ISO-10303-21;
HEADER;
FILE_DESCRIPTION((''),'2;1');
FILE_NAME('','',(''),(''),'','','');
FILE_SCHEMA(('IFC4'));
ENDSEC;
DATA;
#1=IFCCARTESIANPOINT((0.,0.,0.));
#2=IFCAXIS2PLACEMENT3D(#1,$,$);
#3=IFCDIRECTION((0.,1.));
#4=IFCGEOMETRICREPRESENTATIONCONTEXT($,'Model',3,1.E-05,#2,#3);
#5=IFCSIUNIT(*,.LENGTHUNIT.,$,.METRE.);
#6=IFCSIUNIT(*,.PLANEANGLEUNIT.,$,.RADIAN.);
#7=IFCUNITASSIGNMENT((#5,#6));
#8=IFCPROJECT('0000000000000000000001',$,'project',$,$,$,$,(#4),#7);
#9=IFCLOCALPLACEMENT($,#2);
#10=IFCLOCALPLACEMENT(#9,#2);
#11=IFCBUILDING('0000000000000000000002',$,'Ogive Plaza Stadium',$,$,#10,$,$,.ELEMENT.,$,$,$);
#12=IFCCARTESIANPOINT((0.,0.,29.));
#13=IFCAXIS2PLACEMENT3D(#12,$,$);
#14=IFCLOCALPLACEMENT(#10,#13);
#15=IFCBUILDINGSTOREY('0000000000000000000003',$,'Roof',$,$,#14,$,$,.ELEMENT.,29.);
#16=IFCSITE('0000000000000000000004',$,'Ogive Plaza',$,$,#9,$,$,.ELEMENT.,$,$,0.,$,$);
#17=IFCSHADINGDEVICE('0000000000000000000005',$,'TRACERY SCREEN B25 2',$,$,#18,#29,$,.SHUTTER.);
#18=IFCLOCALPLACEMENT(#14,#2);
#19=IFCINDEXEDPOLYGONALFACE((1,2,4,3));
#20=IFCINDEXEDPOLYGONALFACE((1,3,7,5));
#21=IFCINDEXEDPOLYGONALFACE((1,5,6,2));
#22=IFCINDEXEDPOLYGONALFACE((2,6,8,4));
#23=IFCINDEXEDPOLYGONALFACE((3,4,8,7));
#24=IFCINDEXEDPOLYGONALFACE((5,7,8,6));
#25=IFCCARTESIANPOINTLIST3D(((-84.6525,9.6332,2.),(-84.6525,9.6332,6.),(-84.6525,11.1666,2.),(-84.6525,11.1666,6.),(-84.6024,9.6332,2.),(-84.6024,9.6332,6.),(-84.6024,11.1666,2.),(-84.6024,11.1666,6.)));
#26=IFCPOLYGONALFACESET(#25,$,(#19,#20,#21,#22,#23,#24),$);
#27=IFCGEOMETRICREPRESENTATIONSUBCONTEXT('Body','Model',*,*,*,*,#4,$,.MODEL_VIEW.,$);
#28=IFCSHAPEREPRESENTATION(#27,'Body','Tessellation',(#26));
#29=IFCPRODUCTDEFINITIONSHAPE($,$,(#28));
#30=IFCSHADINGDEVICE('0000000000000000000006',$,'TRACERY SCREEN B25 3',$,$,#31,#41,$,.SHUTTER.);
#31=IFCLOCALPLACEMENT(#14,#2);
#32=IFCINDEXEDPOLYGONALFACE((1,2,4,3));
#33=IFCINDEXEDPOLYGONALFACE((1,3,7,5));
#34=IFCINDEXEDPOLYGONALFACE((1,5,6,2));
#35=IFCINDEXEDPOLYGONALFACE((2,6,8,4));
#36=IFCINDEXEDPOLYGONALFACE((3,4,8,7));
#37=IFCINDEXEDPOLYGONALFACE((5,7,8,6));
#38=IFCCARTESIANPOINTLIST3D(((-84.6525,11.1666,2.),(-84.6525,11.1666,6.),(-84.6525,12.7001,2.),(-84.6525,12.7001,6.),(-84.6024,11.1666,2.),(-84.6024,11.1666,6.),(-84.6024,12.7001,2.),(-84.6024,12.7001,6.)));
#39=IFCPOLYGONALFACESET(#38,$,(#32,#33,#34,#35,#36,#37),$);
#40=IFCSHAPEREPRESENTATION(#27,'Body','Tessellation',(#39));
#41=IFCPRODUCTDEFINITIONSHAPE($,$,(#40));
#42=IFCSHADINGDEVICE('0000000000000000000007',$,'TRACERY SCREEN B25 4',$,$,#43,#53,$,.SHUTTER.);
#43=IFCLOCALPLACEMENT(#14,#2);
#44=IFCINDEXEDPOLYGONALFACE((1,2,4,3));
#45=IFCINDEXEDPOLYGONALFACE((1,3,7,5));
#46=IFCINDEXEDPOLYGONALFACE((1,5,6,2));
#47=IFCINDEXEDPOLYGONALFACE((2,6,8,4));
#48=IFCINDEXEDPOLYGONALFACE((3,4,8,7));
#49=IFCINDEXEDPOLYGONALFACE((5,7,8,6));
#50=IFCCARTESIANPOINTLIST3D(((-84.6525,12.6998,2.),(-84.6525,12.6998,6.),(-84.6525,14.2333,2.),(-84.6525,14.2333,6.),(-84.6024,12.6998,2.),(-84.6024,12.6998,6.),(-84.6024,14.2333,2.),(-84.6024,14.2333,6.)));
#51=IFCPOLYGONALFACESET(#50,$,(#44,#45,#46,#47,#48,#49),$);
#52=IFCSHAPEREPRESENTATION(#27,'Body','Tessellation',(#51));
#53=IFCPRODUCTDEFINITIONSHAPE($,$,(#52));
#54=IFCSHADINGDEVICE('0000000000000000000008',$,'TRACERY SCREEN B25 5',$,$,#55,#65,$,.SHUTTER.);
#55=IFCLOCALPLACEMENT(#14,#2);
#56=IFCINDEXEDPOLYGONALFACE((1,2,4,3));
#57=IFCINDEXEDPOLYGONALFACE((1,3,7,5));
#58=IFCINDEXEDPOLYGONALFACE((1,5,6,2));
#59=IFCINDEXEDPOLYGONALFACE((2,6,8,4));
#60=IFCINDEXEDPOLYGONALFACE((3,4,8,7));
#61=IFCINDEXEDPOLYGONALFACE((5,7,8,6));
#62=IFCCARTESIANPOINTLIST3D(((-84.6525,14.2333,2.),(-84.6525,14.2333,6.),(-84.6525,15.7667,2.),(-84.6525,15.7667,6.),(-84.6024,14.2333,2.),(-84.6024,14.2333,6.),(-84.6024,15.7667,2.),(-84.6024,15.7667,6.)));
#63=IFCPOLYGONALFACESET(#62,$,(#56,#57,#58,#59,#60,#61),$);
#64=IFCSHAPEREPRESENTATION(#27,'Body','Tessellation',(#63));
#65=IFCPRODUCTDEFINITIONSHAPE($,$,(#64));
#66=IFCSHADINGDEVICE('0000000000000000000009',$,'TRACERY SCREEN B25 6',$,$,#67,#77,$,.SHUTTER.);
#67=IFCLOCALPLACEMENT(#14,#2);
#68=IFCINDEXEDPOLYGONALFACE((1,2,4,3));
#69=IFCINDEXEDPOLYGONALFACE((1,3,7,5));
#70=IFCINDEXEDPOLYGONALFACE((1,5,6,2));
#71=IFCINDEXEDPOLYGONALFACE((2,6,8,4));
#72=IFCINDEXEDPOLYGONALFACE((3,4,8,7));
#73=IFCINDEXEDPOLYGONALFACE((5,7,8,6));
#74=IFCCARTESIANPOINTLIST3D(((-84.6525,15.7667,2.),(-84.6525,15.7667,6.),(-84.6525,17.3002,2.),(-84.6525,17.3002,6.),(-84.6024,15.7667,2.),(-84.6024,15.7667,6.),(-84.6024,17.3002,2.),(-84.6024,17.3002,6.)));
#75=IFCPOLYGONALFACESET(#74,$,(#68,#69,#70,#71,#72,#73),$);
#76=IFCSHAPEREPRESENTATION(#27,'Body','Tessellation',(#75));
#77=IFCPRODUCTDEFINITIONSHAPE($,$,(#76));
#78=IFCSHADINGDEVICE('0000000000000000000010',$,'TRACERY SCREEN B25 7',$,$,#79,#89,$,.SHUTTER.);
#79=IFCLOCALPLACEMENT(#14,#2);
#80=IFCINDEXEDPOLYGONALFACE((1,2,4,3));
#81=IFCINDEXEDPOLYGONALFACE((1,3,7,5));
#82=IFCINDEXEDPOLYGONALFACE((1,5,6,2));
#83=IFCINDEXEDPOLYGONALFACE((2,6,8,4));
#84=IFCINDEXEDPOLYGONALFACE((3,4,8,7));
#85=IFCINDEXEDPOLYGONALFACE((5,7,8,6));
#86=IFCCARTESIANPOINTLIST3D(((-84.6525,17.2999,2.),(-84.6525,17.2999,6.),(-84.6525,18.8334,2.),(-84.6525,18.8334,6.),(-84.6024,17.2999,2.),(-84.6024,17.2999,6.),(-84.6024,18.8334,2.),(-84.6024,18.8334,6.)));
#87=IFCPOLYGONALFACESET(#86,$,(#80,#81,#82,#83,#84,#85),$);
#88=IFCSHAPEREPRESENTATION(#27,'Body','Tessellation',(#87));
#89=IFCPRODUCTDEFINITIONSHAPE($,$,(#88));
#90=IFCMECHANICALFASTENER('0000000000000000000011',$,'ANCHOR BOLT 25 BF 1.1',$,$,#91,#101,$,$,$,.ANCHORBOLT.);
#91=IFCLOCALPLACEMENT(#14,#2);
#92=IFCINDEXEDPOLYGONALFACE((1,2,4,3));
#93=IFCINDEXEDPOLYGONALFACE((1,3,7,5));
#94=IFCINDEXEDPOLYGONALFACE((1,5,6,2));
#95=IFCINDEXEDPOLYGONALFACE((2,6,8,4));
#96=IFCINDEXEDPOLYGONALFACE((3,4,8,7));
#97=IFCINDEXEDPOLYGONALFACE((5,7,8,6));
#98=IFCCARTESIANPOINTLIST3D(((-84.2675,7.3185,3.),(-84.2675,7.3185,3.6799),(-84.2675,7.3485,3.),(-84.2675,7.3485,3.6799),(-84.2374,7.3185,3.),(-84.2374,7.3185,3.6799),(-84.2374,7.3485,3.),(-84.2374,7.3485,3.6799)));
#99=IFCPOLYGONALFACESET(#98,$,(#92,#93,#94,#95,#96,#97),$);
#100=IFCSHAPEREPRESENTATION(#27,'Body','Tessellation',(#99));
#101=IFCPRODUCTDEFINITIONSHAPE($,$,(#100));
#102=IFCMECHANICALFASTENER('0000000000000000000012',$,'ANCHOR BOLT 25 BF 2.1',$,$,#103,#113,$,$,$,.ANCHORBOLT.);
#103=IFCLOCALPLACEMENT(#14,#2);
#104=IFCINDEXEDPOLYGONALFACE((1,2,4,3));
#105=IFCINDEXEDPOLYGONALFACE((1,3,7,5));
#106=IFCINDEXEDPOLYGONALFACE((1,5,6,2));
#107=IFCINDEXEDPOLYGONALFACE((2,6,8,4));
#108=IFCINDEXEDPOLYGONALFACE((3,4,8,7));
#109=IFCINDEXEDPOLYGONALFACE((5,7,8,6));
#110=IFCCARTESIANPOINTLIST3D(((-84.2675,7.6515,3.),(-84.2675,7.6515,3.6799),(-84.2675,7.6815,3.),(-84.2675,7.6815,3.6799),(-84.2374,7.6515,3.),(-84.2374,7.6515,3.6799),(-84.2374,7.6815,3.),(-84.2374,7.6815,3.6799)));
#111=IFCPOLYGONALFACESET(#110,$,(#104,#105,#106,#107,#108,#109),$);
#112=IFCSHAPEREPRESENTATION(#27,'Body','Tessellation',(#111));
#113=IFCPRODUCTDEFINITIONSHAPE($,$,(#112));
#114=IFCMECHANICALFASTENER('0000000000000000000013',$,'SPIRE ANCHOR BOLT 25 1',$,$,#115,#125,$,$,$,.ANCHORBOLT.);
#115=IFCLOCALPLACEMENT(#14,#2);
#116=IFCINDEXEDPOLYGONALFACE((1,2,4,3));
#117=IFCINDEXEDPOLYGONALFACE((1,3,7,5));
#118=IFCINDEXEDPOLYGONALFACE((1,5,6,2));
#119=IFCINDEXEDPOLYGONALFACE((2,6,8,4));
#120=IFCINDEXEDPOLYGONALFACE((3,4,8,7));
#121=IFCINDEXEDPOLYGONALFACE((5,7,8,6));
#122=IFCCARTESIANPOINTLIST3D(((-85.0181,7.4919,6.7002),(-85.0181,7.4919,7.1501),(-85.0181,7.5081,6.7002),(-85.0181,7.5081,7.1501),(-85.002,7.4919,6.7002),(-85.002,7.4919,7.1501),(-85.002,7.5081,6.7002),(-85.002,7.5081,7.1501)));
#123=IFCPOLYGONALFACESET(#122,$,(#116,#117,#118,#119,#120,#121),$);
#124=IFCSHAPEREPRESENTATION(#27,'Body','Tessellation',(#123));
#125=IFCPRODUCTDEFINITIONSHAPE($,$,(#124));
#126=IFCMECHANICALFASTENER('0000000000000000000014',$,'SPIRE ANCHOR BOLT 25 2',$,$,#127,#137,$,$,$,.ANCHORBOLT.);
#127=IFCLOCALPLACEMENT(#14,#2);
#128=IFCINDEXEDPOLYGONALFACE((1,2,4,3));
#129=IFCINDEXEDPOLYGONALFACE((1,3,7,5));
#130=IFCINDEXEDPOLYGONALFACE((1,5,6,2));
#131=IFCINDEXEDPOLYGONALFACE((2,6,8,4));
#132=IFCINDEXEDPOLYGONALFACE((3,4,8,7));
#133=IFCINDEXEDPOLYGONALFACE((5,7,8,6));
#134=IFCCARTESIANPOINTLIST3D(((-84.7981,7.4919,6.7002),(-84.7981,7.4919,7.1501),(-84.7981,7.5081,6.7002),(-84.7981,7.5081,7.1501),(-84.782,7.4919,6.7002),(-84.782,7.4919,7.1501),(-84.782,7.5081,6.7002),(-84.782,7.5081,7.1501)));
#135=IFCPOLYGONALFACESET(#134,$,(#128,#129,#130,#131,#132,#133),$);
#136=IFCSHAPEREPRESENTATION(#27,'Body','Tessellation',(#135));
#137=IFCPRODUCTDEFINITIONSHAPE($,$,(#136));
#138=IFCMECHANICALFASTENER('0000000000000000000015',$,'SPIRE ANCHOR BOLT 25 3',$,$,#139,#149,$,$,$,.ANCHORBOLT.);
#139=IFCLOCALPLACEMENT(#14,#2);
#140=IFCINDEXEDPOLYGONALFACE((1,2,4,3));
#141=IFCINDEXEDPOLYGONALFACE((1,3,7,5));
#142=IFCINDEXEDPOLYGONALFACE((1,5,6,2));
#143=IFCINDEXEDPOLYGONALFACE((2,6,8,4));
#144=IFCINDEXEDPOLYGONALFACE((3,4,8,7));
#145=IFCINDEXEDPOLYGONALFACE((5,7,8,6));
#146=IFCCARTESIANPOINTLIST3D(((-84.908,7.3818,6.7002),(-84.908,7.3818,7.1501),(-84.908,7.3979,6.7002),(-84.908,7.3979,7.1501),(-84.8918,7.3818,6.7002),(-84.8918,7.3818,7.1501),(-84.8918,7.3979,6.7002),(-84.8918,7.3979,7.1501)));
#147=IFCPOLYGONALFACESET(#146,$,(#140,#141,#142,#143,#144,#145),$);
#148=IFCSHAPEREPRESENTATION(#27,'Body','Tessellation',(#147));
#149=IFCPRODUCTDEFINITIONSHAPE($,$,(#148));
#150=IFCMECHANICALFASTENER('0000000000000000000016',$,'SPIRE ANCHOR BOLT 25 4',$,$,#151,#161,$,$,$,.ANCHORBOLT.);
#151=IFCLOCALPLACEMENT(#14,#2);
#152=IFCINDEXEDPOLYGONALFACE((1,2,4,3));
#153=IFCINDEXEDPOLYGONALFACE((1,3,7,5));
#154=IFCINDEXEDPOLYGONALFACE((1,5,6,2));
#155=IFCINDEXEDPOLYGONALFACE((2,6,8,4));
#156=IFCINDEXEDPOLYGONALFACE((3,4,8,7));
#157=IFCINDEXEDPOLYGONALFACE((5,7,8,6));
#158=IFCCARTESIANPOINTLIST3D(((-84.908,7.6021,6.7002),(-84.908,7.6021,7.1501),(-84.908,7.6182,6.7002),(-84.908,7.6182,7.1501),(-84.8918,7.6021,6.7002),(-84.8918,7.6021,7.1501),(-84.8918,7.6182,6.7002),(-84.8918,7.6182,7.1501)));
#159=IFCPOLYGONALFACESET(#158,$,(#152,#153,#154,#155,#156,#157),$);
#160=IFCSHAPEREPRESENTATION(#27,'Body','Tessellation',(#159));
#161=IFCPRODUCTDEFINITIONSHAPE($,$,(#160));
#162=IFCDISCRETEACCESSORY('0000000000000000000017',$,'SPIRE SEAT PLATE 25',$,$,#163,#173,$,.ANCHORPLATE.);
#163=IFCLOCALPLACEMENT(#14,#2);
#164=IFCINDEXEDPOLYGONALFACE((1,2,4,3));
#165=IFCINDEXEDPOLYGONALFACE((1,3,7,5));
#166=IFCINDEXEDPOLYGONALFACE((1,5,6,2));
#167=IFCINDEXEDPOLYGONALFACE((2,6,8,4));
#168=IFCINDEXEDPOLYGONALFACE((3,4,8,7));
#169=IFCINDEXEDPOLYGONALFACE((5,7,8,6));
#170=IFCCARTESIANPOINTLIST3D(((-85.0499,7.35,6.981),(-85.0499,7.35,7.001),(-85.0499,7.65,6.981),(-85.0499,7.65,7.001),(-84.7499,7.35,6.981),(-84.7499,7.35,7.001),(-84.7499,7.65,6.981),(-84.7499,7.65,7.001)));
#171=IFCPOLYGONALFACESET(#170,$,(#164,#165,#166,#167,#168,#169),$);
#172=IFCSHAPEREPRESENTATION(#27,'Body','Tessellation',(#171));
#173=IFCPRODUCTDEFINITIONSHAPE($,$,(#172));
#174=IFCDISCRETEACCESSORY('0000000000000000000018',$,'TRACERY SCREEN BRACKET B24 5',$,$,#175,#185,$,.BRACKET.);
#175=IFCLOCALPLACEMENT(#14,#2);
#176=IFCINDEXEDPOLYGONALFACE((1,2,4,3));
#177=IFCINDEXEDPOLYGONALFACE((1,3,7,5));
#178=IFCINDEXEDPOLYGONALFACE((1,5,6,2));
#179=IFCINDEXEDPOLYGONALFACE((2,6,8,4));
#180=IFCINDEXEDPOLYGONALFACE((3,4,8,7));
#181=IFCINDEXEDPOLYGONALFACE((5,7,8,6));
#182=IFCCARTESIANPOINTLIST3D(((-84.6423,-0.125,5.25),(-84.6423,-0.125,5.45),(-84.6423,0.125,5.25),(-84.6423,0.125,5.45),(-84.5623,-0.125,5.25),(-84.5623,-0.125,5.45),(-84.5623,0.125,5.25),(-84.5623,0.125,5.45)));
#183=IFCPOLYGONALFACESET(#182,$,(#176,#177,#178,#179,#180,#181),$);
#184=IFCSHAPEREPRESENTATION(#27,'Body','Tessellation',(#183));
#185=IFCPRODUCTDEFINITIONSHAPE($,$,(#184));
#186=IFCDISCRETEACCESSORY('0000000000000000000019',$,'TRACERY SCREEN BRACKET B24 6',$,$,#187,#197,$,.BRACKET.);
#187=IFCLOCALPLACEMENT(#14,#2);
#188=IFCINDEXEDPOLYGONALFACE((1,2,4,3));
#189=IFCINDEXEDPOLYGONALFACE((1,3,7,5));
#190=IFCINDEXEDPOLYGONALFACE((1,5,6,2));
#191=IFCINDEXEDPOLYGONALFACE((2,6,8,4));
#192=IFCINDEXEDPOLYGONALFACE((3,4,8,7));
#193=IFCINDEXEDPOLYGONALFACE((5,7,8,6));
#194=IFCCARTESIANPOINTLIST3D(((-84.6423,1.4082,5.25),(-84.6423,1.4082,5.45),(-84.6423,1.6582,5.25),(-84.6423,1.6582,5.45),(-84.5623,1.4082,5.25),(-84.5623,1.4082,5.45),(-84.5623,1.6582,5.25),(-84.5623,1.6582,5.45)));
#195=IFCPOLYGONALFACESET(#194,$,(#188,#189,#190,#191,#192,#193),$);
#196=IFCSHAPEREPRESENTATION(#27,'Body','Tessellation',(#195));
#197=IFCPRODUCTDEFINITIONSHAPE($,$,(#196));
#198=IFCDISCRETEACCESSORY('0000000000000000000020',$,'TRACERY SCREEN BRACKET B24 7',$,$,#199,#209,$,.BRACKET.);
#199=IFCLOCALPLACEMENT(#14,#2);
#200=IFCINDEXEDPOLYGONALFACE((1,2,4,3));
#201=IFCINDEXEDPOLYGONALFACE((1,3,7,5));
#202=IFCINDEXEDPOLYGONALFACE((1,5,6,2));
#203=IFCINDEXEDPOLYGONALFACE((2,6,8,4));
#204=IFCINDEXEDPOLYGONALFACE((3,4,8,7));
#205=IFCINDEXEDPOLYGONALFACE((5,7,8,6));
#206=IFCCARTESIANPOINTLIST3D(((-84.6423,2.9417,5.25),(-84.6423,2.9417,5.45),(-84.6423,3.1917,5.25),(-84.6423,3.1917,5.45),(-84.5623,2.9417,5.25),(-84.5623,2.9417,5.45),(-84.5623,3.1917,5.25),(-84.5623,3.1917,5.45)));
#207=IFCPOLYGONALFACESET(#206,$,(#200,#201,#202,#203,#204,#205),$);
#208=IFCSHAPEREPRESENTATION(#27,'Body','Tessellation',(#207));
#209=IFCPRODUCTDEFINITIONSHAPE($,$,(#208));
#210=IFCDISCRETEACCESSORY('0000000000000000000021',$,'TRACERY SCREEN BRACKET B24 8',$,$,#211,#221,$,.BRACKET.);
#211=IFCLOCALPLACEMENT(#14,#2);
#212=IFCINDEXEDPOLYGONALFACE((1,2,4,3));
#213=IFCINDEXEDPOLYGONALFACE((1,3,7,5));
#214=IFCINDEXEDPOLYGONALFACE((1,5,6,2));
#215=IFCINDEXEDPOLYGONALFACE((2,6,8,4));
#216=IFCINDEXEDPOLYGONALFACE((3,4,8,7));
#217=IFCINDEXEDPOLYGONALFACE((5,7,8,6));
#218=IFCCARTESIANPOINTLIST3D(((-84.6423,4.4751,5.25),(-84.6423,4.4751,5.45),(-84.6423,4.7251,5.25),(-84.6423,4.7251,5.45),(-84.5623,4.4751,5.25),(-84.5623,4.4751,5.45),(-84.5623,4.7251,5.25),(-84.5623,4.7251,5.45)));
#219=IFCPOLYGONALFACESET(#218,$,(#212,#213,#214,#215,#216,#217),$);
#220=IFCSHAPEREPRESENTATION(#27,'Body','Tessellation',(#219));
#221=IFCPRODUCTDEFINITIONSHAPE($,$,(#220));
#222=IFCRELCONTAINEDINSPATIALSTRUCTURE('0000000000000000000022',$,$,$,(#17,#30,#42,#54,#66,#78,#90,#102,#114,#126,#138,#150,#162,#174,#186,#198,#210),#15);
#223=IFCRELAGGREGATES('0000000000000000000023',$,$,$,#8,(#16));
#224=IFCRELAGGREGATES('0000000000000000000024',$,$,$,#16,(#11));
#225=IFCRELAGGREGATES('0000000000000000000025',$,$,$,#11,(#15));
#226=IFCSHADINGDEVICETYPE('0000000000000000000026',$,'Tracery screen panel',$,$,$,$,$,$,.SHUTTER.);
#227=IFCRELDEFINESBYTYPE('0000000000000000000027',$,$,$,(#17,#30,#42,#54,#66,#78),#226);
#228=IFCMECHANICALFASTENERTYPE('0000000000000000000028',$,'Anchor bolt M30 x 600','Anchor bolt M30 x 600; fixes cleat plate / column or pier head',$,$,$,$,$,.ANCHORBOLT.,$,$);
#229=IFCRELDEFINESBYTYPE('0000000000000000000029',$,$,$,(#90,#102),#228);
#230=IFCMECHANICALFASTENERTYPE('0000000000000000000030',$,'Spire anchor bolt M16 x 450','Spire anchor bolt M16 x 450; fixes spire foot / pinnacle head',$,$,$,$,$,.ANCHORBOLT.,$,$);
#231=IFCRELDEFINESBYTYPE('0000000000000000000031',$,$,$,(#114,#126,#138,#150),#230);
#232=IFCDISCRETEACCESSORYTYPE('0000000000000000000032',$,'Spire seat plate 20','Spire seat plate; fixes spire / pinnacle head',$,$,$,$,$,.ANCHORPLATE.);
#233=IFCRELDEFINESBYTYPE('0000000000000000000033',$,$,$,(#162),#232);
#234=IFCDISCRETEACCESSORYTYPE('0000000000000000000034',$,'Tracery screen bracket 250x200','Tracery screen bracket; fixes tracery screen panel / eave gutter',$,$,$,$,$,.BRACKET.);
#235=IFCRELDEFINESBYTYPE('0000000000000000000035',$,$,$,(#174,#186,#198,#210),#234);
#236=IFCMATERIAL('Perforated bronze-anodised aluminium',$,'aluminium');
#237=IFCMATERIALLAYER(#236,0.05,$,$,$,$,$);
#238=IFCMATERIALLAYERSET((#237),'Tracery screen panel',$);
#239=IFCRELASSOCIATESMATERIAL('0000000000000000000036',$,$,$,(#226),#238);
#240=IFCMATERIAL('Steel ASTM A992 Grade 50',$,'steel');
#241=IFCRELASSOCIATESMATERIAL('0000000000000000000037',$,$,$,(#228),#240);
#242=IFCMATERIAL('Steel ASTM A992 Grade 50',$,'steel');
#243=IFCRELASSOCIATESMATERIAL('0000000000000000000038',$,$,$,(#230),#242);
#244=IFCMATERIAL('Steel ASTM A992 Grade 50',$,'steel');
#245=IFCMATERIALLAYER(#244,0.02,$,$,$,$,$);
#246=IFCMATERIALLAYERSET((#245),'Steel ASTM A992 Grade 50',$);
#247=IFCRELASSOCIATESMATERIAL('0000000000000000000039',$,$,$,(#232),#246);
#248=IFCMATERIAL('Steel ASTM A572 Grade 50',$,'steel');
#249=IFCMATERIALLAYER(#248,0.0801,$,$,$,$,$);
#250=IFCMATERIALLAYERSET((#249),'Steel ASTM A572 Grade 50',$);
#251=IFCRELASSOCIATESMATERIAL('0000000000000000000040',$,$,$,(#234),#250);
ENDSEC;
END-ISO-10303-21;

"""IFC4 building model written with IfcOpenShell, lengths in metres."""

from ifc_helpers import new_model, si_unit, direction, frame, origin, origin_2d, place, context, subcontext, project, spatial, rectangle, extrude, material, layer, layer_set, type_object, element, save


model = new_model("IFC4")

# Units and contexts
model_context = context("Model", 3, precision=1e-05, world=origin(), true_north=direction((0.0, 1.0)))
body_context = subcontext(model_context, "Body", "Model", "MODEL_VIEW")
ifc_project = project(units=[si_unit("LENGTHUNIT", "METRE"), si_unit("PLANEANGLEUNIT", "RADIAN")], contexts=[model_context])

# Site, building, storey
site_placement = place(None, origin())
site = spatial("IfcSite", under=ifc_project, at=site_placement, Name="Ogive Plaza", CompositionType="ELEMENT", RefElevation=0.0)
building_placement = place(site_placement, origin())
building = spatial("IfcBuilding", under=site, at=building_placement, Name="Ogive Plaza Stadium", CompositionType="ELEMENT")
storey_placement = place(building_placement, frame((0.0, 0.0, 29.0)))
storey = spatial("IfcBuildingStorey", under=building, at=storey_placement, Name="Roof", CompositionType="ELEMENT", Elevation=29.0)

# Shading devices
ifc_material_1 = material(Name="Perforated bronze-anodised aluminium", Category="aluminium")
ifc_layer_1 = layer(ifc_material_1, 0.05)
ifc_layer_set_1 = layer_set([ifc_layer_1], Name="Tracery screen panel")
shading_device_type = type_object("IfcShadingDeviceType", Name="Tracery screen panel", PredefinedType="SHUTTER", material=ifc_layer_set_1)
for number, where, z_axis, x_axis, name in (
    (1, (-84.6274, 10.3999, 2.0), (0.0, 0.0, 1.0), (0.0, 1.0, 0.0), "TRACERY SCREEN B25 2"),
    (2, (-84.6274, 11.9333, 2.0), (0.0, 0.0, 1.0), (0.0, 1.0, 0.0), "TRACERY SCREEN B25 3"),
    (3, (-84.6274, 13.4666, 2.0), (0.0, 0.0, 1.0), (0.0, 1.0, 0.0), "TRACERY SCREEN B25 4"),
    (4, (-84.6274, 15.0, 2.0), (0.0, 0.0, 1.0), (0.0, 1.0, 0.0), "TRACERY SCREEN B25 5"),
    (5, (-84.6274, 16.5334, 2.0), (0.0, 0.0, 1.0), (0.0, 1.0, 0.0), "TRACERY SCREEN B25 6"),
    (6, (-84.6274, 18.0667, 2.0), (0.0, 0.0, 1.0), (0.0, 1.0, 0.0), "TRACERY SCREEN B25 7"),
):
    element("IfcShadingDevice", number, at=place(storey_placement, frame(where, z_axis=z_axis, x_axis=x_axis)), inside=storey, type_object=shading_device_type, Name=name, PredefinedType="SHUTTER", context=body_context, shape_type="SweptSolid", body=[
        extrude(rectangle(XDim=1.5334, YDim=0.05, at=origin_2d()), origin(), (0.0, 0.0, 1.0), 4.0),
    ])

# Mechanical fasteners
ifc_material_2 = material(Name="Steel ASTM A992 Grade 50", Category="steel")
mechanical_fastener_type_1 = type_object("IfcMechanicalFastenerType", Name="Anchor bolt M30 x 600", Description="Anchor bolt M30 x 600; fixes cleat plate / column or pier head", PredefinedType="ANCHORBOLT", material=ifc_material_2)
for number, where, z_axis, x_axis, name in (
    (7, (-84.2524, 7.3335, 3.0), (0.0, 0.0, 1.0), (-1.0, 0.0, 0.0), "ANCHOR BOLT 25 BF 1.1"),
    (8, (-84.2524, 7.6665, 3.0), (0.0, 0.0, 1.0), (-1.0, 0.0, 0.0), "ANCHOR BOLT 25 BF 2.1"),
):
    element("IfcMechanicalFastener", number, at=place(storey_placement, frame(where, z_axis=z_axis, x_axis=x_axis)), inside=storey, type_object=mechanical_fastener_type_1, Name=name, PredefinedType="ANCHORBOLT", context=body_context, shape_type="SweptSolid", body=[
        extrude(rectangle(XDim=0.03, YDim=0.03, at=origin_2d()), origin(), (0.0, 0.0, 1.0), 0.6799),
    ])
ifc_material_3 = material(Name="Steel ASTM A992 Grade 50", Category="steel")
mechanical_fastener_type_2 = type_object("IfcMechanicalFastenerType", Name="Spire anchor bolt M16 x 450", Description="Spire anchor bolt M16 x 450; fixes spire foot / pinnacle head", PredefinedType="ANCHORBOLT", material=ifc_material_3)
for number, where, z_axis, x_axis, name in (
    (9, (-85.01, 7.5, 6.7002), (0.0, 0.0, 1.0), (-1.0, 0.0, 0.0), "SPIRE ANCHOR BOLT 25 1"),
    (10, (-84.79, 7.5, 6.7002), (0.0, 0.0, 1.0), (-1.0, 0.0, 0.0), "SPIRE ANCHOR BOLT 25 2"),
    (11, (-84.8999, 7.3899, 6.7002), (0.0, 0.0, 1.0), (-1.0, 0.0, 0.0), "SPIRE ANCHOR BOLT 25 3"),
    (12, (-84.8999, 7.6101, 6.7002), (0.0, 0.0, 1.0), (-1.0, 0.0, 0.0), "SPIRE ANCHOR BOLT 25 4"),
):
    element("IfcMechanicalFastener", number, at=place(storey_placement, frame(where, z_axis=z_axis, x_axis=x_axis)), inside=storey, type_object=mechanical_fastener_type_2, Name=name, PredefinedType="ANCHORBOLT", context=body_context, shape_type="SweptSolid", body=[
        extrude(rectangle(XDim=0.0161, YDim=0.0161, at=origin_2d()), origin(), (0.0, 0.0, 1.0), 0.45),
    ])

# Discrete accessories
ifc_material_4 = material(Name="Steel ASTM A992 Grade 50", Category="steel")
ifc_layer_2 = layer(ifc_material_4, 0.02)
ifc_layer_set_2 = layer_set([ifc_layer_2], Name="Steel ASTM A992 Grade 50")
discrete_accessory_type_1 = type_object("IfcDiscreteAccessoryType", Name="Spire seat plate 20", Description="Spire seat plate; fixes spire / pinnacle head", PredefinedType="ANCHORPLATE", material=ifc_layer_set_2)
discrete_accessory_placement = place(storey_placement, frame((-84.8999, 7.5, 6.981), z_axis=(0.0, 0.0, 1.0), x_axis=(-1.0, 0.0, 0.0)))
element("IfcDiscreteAccessory", 13, at=discrete_accessory_placement, inside=storey, type_object=discrete_accessory_type_1, Name="SPIRE SEAT PLATE 25", PredefinedType="ANCHORPLATE", context=body_context, shape_type="SweptSolid", body=[
    extrude(rectangle(XDim=0.3, YDim=0.3, at=origin_2d()), origin(), (0.0, 0.0, 1.0), 0.02),
])
ifc_material_5 = material(Name="Steel ASTM A572 Grade 50", Category="steel")
ifc_layer_3 = layer(ifc_material_5, 0.0801)
ifc_layer_set_3 = layer_set([ifc_layer_3], Name="Steel ASTM A572 Grade 50")
discrete_accessory_type_2 = type_object("IfcDiscreteAccessoryType", Name="Tracery screen bracket 250x200", Description="Tracery screen bracket; fixes tracery screen panel / eave gutter", PredefinedType="BRACKET", material=ifc_layer_set_3)
for number, where, z_axis, x_axis, name in (
    (14, (-84.6023, 0.0, 5.25), (0.0, 0.0, 1.0), (0.0, 1.0, 0.0), "TRACERY SCREEN BRACKET B24 5"),
    (15, (-84.6023, 1.5332, 5.25), (0.0, 0.0, 1.0), (0.0, 1.0, 0.0), "TRACERY SCREEN BRACKET B24 6"),
    (16, (-84.6023, 3.0667, 5.25), (0.0, 0.0, 1.0), (0.0, 1.0, 0.0), "TRACERY SCREEN BRACKET B24 7"),
    (17, (-84.6023, 4.6001, 5.25), (0.0, 0.0, 1.0), (0.0, 1.0, 0.0), "TRACERY SCREEN BRACKET B24 8"),
):
    element("IfcDiscreteAccessory", number, at=place(storey_placement, frame(where, z_axis=z_axis, x_axis=x_axis)), inside=storey, type_object=discrete_accessory_type_2, Name=name, PredefinedType="BRACKET", context=body_context, shape_type="SweptSolid", body=[
        extrude(rectangle(XDim=0.25, YDim=0.0801, at=origin_2d()), origin(), (0.0, 0.0, 1.0), 0.2),
    ])

save(model, "model.ifc")
